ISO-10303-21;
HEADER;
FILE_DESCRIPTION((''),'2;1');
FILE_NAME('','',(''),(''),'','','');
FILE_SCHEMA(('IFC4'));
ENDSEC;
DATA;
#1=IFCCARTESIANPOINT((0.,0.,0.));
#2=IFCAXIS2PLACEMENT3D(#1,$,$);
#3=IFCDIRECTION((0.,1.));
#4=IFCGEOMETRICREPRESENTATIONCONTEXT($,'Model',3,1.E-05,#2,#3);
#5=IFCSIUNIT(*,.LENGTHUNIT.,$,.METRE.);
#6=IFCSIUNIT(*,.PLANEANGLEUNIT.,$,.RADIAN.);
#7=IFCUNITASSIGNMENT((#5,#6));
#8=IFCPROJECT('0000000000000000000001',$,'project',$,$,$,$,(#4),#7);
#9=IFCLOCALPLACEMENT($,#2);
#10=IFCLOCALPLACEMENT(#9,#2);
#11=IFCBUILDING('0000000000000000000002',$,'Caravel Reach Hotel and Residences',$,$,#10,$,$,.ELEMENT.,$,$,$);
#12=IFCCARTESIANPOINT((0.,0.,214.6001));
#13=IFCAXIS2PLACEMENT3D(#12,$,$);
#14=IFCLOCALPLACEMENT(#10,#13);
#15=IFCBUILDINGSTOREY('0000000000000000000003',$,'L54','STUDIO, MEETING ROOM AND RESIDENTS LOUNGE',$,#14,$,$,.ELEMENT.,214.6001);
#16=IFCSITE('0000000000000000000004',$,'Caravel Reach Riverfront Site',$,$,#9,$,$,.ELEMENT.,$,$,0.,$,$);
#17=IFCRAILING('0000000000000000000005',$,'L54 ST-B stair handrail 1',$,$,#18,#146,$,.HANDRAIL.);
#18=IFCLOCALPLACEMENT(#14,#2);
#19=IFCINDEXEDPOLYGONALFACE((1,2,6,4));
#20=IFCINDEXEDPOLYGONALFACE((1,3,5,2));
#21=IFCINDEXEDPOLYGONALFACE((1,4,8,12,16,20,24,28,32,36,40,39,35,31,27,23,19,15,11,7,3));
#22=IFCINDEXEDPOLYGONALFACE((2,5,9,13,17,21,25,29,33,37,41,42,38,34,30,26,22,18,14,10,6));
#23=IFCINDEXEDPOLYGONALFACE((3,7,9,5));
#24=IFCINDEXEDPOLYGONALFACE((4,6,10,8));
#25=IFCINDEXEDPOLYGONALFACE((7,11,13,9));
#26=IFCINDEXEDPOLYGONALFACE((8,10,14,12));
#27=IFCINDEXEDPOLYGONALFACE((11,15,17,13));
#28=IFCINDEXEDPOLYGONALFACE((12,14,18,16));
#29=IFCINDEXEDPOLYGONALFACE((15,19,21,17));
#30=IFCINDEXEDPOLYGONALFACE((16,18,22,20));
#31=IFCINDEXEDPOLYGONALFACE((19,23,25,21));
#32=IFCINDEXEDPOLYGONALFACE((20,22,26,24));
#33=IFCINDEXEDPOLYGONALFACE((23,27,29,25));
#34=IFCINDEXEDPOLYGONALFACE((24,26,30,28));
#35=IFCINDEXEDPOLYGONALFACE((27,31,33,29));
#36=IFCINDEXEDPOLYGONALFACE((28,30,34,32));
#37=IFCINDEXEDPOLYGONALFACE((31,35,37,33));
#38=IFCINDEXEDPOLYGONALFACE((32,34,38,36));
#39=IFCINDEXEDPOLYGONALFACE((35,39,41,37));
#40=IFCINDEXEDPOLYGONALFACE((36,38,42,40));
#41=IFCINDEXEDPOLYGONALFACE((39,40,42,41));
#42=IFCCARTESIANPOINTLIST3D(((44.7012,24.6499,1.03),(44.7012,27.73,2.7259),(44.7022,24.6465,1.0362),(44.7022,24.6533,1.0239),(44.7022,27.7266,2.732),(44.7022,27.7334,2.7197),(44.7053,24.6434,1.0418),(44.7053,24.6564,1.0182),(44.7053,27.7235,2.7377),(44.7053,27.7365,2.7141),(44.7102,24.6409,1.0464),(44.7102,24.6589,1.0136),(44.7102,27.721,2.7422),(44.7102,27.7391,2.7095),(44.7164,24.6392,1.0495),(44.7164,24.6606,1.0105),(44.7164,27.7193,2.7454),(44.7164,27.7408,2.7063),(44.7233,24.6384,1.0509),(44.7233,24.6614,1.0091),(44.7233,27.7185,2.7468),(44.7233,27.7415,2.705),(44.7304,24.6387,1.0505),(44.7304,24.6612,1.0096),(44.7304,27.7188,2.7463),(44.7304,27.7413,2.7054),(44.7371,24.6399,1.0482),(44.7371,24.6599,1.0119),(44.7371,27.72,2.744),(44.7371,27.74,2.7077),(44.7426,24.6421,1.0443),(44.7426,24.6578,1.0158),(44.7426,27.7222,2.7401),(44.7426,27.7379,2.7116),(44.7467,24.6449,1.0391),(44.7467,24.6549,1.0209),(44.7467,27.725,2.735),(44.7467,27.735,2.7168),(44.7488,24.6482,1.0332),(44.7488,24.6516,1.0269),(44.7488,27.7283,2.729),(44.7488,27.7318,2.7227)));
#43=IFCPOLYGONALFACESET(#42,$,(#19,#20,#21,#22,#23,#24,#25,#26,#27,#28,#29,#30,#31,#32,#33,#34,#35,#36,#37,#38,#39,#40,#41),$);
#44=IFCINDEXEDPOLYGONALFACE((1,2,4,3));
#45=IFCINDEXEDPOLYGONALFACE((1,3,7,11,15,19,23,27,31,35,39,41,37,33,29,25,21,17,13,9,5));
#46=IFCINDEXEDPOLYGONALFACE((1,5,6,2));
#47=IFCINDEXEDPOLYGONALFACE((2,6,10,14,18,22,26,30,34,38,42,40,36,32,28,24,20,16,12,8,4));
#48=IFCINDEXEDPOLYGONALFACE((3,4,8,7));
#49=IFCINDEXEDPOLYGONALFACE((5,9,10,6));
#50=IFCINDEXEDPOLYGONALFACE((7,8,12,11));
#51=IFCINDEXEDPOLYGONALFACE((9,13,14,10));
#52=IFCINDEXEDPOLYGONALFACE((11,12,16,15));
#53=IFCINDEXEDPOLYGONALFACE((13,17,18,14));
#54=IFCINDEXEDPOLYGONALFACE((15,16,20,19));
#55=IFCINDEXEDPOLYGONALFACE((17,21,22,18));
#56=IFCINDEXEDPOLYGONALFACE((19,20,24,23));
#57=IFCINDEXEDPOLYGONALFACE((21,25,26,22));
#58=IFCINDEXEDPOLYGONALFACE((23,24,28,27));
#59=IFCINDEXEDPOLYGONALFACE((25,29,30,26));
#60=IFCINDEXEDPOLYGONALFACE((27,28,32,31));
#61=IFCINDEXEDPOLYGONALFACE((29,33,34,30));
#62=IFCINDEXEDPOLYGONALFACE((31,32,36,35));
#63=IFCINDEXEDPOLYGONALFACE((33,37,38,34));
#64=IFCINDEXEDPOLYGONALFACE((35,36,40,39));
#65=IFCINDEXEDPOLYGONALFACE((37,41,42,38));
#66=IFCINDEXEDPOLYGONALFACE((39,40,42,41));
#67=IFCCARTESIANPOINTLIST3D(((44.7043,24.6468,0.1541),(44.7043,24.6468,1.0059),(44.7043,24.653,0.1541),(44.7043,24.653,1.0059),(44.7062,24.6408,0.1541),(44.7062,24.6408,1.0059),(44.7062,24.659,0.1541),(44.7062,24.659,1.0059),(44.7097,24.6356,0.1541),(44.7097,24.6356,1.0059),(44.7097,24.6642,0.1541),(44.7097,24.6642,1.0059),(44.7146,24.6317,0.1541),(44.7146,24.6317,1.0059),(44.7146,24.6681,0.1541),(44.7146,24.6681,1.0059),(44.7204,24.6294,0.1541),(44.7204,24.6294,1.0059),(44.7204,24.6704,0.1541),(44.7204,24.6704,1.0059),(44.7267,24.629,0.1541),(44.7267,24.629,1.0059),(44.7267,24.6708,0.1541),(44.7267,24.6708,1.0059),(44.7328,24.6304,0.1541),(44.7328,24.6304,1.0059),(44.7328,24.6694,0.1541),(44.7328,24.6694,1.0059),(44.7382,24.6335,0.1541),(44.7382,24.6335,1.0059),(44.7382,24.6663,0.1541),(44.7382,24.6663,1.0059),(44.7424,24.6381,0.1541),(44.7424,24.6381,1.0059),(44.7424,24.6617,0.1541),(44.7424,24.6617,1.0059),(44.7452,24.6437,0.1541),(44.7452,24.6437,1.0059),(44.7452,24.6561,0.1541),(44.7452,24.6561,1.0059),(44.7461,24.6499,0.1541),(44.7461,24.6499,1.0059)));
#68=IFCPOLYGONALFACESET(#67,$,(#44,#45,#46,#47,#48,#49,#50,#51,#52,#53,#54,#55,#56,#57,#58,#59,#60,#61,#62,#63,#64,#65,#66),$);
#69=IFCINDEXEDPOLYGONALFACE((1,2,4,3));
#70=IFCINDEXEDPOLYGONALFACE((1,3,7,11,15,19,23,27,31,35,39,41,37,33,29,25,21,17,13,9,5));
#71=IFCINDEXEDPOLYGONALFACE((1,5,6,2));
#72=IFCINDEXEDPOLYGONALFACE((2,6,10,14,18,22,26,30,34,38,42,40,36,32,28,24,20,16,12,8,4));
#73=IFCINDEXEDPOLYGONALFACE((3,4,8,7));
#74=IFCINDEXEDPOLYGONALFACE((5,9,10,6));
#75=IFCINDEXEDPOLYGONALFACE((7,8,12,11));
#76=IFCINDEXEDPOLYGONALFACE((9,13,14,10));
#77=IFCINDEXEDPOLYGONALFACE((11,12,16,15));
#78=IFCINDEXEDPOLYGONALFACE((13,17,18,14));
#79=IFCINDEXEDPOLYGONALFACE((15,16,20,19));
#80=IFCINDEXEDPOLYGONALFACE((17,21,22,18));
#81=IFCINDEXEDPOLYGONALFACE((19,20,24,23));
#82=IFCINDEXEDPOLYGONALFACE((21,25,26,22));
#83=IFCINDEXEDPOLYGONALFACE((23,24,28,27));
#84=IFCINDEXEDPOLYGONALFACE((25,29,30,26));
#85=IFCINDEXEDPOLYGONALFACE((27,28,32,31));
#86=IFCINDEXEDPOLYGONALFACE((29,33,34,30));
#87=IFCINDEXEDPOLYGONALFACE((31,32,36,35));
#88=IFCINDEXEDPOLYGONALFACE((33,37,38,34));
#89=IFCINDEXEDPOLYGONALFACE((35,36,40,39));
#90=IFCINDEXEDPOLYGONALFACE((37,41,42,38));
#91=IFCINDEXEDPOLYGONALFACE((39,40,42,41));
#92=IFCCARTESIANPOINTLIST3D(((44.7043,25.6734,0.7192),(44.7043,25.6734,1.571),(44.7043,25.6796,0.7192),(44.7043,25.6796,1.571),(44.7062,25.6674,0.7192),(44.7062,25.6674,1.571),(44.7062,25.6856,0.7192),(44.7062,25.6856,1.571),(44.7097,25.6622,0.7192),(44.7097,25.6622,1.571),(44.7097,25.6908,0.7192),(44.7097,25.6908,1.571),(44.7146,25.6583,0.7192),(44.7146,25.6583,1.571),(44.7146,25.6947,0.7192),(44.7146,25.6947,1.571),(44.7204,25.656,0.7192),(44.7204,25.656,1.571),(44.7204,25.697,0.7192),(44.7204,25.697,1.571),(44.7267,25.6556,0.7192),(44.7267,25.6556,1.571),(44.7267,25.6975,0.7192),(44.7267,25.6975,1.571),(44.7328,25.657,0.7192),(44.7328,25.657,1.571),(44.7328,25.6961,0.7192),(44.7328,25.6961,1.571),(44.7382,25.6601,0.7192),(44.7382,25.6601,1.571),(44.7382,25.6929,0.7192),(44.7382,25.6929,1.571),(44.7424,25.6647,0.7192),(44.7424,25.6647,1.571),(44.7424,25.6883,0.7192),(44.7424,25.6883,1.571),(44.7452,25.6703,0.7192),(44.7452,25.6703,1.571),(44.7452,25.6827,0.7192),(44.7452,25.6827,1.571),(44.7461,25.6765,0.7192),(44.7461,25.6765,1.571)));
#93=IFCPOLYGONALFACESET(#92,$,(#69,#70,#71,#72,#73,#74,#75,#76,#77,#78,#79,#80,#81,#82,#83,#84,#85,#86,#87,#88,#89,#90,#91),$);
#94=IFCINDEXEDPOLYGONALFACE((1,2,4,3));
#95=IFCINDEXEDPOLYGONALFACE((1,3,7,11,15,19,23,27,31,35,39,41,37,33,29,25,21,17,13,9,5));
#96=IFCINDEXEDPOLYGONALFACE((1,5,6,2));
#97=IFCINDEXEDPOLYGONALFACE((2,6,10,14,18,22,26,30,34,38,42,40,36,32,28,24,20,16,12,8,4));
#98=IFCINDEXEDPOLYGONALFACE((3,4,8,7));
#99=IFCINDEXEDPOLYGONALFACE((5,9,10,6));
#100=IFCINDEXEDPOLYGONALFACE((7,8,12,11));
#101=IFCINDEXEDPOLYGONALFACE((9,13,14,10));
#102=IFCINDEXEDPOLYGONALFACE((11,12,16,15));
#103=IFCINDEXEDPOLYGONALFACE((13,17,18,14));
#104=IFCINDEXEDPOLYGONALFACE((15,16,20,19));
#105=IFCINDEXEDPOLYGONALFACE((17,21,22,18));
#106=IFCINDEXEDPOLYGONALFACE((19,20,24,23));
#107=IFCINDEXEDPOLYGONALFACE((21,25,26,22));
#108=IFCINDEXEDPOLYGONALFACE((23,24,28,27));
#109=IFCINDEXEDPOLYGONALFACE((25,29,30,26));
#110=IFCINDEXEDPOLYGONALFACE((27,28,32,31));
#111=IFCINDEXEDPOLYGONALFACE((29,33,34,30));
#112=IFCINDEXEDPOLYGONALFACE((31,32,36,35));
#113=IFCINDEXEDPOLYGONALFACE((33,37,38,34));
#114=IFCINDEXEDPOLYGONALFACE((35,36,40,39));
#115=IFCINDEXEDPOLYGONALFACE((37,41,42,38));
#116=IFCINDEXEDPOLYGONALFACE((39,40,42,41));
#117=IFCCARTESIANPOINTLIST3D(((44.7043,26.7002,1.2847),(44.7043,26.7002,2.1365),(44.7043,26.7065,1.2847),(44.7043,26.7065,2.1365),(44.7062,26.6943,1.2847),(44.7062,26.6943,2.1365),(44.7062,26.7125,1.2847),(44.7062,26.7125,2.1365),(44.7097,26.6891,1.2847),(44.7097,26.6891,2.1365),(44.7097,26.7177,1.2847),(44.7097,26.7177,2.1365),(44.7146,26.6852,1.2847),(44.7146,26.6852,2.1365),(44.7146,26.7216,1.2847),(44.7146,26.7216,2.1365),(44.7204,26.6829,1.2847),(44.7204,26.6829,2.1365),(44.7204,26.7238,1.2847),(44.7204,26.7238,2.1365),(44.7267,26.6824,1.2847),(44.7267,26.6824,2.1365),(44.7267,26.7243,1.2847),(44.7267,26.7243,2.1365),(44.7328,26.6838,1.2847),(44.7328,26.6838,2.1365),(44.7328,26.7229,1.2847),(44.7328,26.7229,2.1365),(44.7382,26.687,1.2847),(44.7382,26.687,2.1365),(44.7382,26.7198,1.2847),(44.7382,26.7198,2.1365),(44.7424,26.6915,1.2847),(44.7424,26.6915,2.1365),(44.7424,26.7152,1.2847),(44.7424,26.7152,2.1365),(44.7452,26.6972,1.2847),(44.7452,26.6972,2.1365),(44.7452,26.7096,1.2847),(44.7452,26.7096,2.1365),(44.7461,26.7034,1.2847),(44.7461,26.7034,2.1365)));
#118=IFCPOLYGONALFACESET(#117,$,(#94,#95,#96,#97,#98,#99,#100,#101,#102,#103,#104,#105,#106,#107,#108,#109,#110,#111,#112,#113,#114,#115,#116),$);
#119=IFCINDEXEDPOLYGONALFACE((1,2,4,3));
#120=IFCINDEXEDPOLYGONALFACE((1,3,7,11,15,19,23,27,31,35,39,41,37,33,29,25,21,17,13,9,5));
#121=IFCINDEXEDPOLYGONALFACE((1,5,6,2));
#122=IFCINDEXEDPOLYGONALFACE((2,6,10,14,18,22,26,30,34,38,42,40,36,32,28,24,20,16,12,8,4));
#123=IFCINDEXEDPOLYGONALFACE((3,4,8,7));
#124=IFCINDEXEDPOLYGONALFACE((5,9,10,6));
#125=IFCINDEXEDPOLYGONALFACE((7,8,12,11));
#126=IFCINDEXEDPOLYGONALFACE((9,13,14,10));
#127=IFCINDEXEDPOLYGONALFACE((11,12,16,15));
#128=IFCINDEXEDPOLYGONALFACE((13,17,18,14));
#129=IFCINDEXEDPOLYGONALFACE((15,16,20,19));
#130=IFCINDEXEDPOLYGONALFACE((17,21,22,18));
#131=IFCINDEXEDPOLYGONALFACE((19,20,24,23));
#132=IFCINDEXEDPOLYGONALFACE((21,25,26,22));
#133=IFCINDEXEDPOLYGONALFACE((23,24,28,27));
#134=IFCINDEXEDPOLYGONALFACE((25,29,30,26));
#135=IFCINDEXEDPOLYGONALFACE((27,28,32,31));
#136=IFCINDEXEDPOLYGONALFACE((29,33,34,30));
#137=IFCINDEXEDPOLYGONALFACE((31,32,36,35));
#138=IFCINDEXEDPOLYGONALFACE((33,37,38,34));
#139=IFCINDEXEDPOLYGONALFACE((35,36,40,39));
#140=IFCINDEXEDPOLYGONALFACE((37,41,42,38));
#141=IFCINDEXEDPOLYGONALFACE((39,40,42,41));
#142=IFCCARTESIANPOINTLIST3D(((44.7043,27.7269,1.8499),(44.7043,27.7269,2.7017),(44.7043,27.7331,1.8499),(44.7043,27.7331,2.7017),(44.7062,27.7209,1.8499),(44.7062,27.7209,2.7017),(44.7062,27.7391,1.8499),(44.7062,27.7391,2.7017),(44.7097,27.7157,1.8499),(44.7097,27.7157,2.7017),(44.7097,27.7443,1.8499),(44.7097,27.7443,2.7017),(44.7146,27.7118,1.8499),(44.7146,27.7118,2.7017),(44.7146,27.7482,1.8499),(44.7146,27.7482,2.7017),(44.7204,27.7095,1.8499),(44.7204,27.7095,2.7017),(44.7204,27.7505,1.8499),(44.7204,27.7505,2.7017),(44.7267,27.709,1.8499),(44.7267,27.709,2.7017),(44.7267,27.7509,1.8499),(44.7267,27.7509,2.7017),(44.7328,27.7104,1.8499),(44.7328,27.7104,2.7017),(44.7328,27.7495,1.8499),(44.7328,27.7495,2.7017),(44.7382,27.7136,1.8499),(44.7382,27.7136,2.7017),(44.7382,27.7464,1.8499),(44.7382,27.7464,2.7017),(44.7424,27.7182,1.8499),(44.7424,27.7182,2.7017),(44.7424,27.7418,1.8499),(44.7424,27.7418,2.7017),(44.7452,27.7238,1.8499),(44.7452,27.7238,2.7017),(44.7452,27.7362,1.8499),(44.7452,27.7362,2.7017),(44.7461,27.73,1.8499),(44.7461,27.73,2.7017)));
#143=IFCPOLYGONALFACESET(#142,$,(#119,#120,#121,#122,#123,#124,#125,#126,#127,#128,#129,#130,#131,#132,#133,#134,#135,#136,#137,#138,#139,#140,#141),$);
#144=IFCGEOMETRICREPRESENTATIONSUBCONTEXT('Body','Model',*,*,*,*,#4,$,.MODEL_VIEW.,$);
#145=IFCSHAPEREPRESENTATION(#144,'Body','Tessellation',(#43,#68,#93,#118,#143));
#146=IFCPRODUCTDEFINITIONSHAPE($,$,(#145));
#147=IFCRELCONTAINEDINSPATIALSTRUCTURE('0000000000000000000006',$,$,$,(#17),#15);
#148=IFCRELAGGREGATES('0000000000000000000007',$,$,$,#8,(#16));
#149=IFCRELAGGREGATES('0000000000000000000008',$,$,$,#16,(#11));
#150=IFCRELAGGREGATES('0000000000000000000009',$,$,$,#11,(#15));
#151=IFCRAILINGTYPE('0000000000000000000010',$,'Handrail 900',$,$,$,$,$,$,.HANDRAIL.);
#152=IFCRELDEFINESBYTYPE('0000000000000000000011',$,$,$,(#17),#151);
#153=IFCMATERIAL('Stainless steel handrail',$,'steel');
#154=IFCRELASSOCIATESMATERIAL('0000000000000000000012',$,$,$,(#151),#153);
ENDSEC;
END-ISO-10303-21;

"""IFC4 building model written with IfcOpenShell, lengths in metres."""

from ifc_helpers import new_model, si_unit, direction, frame, origin, origin_2d, place, context, subcontext, project, spatial, circle, extrude, material, type_object, element, save


model = new_model("IFC4")

# Units and contexts
model_context = context("Model", 3, precision=1e-05, world=origin(), true_north=direction((0.0, 1.0)))
body_context = subcontext(model_context, "Body", "Model", "MODEL_VIEW")
ifc_project = project(units=[si_unit("LENGTHUNIT", "METRE"), si_unit("PLANEANGLEUNIT", "RADIAN")], contexts=[model_context])

# Site, building, storey
site_placement = place(None, origin())
site = spatial("IfcSite", under=ifc_project, at=site_placement, Name="Caravel Reach Riverfront Site", CompositionType="ELEMENT", RefElevation=0.0)
building_placement = place(site_placement, origin())
building = spatial("IfcBuilding", under=site, at=building_placement, Name="Caravel Reach Hotel and Residences", CompositionType="ELEMENT")
storey_placement = place(building_placement, frame((0.0, 0.0, 214.6001)))
storey = spatial("IfcBuildingStorey", under=building, at=storey_placement, Name="L54", Description="STUDIO, MEETING ROOM AND RESIDENTS LOUNGE", CompositionType="ELEMENT", Elevation=214.6001)

# Railing
ifc_material_1 = material(Name="Stainless steel handrail", Category="steel")
railing_type_1 = type_object("IfcRailingType", Name="Handrail 900", PredefinedType="HANDRAIL", material=ifc_material_1)
railing_1_placement = place(storey_placement, frame((44.7251, 24.6499, 0.1541)))
element("IfcRailing", 1, at=railing_1_placement, inside=storey, type_object=railing_type_1, Name="L54 ST-B stair handrail 1", PredefinedType="HANDRAIL", context=body_context, shape_type="SweptSolid", body=[
    extrude(circle(Radius=0.0239, at=origin_2d()), frame((0.0, 0.0, 0.876), z_axis=(0.0, 0.876005, 0.482303), x_axis=(-1.0, 0.0, 0.0)), (0.0, 0.0, 1.0), 3.5161),
    extrude(circle(Radius=0.021, at=origin_2d()), origin(), (0.0, 0.0, 1.0), 0.8518),
    extrude(circle(Radius=0.021, at=origin_2d()), frame((0.0, 1.0266, 0.5652)), (0.0, 0.0, 1.0), 0.8518),
    extrude(circle(Radius=0.021, at=origin_2d()), frame((0.0, 2.0535, 1.1306)), (0.0, 0.0, 1.0), 0.8518),
    extrude(circle(Radius=0.021, at=origin_2d()), frame((0.0, 3.0801, 1.6958)), (0.0, 0.0, 1.0), 0.8518),
])

save(model, "model.ifc")
